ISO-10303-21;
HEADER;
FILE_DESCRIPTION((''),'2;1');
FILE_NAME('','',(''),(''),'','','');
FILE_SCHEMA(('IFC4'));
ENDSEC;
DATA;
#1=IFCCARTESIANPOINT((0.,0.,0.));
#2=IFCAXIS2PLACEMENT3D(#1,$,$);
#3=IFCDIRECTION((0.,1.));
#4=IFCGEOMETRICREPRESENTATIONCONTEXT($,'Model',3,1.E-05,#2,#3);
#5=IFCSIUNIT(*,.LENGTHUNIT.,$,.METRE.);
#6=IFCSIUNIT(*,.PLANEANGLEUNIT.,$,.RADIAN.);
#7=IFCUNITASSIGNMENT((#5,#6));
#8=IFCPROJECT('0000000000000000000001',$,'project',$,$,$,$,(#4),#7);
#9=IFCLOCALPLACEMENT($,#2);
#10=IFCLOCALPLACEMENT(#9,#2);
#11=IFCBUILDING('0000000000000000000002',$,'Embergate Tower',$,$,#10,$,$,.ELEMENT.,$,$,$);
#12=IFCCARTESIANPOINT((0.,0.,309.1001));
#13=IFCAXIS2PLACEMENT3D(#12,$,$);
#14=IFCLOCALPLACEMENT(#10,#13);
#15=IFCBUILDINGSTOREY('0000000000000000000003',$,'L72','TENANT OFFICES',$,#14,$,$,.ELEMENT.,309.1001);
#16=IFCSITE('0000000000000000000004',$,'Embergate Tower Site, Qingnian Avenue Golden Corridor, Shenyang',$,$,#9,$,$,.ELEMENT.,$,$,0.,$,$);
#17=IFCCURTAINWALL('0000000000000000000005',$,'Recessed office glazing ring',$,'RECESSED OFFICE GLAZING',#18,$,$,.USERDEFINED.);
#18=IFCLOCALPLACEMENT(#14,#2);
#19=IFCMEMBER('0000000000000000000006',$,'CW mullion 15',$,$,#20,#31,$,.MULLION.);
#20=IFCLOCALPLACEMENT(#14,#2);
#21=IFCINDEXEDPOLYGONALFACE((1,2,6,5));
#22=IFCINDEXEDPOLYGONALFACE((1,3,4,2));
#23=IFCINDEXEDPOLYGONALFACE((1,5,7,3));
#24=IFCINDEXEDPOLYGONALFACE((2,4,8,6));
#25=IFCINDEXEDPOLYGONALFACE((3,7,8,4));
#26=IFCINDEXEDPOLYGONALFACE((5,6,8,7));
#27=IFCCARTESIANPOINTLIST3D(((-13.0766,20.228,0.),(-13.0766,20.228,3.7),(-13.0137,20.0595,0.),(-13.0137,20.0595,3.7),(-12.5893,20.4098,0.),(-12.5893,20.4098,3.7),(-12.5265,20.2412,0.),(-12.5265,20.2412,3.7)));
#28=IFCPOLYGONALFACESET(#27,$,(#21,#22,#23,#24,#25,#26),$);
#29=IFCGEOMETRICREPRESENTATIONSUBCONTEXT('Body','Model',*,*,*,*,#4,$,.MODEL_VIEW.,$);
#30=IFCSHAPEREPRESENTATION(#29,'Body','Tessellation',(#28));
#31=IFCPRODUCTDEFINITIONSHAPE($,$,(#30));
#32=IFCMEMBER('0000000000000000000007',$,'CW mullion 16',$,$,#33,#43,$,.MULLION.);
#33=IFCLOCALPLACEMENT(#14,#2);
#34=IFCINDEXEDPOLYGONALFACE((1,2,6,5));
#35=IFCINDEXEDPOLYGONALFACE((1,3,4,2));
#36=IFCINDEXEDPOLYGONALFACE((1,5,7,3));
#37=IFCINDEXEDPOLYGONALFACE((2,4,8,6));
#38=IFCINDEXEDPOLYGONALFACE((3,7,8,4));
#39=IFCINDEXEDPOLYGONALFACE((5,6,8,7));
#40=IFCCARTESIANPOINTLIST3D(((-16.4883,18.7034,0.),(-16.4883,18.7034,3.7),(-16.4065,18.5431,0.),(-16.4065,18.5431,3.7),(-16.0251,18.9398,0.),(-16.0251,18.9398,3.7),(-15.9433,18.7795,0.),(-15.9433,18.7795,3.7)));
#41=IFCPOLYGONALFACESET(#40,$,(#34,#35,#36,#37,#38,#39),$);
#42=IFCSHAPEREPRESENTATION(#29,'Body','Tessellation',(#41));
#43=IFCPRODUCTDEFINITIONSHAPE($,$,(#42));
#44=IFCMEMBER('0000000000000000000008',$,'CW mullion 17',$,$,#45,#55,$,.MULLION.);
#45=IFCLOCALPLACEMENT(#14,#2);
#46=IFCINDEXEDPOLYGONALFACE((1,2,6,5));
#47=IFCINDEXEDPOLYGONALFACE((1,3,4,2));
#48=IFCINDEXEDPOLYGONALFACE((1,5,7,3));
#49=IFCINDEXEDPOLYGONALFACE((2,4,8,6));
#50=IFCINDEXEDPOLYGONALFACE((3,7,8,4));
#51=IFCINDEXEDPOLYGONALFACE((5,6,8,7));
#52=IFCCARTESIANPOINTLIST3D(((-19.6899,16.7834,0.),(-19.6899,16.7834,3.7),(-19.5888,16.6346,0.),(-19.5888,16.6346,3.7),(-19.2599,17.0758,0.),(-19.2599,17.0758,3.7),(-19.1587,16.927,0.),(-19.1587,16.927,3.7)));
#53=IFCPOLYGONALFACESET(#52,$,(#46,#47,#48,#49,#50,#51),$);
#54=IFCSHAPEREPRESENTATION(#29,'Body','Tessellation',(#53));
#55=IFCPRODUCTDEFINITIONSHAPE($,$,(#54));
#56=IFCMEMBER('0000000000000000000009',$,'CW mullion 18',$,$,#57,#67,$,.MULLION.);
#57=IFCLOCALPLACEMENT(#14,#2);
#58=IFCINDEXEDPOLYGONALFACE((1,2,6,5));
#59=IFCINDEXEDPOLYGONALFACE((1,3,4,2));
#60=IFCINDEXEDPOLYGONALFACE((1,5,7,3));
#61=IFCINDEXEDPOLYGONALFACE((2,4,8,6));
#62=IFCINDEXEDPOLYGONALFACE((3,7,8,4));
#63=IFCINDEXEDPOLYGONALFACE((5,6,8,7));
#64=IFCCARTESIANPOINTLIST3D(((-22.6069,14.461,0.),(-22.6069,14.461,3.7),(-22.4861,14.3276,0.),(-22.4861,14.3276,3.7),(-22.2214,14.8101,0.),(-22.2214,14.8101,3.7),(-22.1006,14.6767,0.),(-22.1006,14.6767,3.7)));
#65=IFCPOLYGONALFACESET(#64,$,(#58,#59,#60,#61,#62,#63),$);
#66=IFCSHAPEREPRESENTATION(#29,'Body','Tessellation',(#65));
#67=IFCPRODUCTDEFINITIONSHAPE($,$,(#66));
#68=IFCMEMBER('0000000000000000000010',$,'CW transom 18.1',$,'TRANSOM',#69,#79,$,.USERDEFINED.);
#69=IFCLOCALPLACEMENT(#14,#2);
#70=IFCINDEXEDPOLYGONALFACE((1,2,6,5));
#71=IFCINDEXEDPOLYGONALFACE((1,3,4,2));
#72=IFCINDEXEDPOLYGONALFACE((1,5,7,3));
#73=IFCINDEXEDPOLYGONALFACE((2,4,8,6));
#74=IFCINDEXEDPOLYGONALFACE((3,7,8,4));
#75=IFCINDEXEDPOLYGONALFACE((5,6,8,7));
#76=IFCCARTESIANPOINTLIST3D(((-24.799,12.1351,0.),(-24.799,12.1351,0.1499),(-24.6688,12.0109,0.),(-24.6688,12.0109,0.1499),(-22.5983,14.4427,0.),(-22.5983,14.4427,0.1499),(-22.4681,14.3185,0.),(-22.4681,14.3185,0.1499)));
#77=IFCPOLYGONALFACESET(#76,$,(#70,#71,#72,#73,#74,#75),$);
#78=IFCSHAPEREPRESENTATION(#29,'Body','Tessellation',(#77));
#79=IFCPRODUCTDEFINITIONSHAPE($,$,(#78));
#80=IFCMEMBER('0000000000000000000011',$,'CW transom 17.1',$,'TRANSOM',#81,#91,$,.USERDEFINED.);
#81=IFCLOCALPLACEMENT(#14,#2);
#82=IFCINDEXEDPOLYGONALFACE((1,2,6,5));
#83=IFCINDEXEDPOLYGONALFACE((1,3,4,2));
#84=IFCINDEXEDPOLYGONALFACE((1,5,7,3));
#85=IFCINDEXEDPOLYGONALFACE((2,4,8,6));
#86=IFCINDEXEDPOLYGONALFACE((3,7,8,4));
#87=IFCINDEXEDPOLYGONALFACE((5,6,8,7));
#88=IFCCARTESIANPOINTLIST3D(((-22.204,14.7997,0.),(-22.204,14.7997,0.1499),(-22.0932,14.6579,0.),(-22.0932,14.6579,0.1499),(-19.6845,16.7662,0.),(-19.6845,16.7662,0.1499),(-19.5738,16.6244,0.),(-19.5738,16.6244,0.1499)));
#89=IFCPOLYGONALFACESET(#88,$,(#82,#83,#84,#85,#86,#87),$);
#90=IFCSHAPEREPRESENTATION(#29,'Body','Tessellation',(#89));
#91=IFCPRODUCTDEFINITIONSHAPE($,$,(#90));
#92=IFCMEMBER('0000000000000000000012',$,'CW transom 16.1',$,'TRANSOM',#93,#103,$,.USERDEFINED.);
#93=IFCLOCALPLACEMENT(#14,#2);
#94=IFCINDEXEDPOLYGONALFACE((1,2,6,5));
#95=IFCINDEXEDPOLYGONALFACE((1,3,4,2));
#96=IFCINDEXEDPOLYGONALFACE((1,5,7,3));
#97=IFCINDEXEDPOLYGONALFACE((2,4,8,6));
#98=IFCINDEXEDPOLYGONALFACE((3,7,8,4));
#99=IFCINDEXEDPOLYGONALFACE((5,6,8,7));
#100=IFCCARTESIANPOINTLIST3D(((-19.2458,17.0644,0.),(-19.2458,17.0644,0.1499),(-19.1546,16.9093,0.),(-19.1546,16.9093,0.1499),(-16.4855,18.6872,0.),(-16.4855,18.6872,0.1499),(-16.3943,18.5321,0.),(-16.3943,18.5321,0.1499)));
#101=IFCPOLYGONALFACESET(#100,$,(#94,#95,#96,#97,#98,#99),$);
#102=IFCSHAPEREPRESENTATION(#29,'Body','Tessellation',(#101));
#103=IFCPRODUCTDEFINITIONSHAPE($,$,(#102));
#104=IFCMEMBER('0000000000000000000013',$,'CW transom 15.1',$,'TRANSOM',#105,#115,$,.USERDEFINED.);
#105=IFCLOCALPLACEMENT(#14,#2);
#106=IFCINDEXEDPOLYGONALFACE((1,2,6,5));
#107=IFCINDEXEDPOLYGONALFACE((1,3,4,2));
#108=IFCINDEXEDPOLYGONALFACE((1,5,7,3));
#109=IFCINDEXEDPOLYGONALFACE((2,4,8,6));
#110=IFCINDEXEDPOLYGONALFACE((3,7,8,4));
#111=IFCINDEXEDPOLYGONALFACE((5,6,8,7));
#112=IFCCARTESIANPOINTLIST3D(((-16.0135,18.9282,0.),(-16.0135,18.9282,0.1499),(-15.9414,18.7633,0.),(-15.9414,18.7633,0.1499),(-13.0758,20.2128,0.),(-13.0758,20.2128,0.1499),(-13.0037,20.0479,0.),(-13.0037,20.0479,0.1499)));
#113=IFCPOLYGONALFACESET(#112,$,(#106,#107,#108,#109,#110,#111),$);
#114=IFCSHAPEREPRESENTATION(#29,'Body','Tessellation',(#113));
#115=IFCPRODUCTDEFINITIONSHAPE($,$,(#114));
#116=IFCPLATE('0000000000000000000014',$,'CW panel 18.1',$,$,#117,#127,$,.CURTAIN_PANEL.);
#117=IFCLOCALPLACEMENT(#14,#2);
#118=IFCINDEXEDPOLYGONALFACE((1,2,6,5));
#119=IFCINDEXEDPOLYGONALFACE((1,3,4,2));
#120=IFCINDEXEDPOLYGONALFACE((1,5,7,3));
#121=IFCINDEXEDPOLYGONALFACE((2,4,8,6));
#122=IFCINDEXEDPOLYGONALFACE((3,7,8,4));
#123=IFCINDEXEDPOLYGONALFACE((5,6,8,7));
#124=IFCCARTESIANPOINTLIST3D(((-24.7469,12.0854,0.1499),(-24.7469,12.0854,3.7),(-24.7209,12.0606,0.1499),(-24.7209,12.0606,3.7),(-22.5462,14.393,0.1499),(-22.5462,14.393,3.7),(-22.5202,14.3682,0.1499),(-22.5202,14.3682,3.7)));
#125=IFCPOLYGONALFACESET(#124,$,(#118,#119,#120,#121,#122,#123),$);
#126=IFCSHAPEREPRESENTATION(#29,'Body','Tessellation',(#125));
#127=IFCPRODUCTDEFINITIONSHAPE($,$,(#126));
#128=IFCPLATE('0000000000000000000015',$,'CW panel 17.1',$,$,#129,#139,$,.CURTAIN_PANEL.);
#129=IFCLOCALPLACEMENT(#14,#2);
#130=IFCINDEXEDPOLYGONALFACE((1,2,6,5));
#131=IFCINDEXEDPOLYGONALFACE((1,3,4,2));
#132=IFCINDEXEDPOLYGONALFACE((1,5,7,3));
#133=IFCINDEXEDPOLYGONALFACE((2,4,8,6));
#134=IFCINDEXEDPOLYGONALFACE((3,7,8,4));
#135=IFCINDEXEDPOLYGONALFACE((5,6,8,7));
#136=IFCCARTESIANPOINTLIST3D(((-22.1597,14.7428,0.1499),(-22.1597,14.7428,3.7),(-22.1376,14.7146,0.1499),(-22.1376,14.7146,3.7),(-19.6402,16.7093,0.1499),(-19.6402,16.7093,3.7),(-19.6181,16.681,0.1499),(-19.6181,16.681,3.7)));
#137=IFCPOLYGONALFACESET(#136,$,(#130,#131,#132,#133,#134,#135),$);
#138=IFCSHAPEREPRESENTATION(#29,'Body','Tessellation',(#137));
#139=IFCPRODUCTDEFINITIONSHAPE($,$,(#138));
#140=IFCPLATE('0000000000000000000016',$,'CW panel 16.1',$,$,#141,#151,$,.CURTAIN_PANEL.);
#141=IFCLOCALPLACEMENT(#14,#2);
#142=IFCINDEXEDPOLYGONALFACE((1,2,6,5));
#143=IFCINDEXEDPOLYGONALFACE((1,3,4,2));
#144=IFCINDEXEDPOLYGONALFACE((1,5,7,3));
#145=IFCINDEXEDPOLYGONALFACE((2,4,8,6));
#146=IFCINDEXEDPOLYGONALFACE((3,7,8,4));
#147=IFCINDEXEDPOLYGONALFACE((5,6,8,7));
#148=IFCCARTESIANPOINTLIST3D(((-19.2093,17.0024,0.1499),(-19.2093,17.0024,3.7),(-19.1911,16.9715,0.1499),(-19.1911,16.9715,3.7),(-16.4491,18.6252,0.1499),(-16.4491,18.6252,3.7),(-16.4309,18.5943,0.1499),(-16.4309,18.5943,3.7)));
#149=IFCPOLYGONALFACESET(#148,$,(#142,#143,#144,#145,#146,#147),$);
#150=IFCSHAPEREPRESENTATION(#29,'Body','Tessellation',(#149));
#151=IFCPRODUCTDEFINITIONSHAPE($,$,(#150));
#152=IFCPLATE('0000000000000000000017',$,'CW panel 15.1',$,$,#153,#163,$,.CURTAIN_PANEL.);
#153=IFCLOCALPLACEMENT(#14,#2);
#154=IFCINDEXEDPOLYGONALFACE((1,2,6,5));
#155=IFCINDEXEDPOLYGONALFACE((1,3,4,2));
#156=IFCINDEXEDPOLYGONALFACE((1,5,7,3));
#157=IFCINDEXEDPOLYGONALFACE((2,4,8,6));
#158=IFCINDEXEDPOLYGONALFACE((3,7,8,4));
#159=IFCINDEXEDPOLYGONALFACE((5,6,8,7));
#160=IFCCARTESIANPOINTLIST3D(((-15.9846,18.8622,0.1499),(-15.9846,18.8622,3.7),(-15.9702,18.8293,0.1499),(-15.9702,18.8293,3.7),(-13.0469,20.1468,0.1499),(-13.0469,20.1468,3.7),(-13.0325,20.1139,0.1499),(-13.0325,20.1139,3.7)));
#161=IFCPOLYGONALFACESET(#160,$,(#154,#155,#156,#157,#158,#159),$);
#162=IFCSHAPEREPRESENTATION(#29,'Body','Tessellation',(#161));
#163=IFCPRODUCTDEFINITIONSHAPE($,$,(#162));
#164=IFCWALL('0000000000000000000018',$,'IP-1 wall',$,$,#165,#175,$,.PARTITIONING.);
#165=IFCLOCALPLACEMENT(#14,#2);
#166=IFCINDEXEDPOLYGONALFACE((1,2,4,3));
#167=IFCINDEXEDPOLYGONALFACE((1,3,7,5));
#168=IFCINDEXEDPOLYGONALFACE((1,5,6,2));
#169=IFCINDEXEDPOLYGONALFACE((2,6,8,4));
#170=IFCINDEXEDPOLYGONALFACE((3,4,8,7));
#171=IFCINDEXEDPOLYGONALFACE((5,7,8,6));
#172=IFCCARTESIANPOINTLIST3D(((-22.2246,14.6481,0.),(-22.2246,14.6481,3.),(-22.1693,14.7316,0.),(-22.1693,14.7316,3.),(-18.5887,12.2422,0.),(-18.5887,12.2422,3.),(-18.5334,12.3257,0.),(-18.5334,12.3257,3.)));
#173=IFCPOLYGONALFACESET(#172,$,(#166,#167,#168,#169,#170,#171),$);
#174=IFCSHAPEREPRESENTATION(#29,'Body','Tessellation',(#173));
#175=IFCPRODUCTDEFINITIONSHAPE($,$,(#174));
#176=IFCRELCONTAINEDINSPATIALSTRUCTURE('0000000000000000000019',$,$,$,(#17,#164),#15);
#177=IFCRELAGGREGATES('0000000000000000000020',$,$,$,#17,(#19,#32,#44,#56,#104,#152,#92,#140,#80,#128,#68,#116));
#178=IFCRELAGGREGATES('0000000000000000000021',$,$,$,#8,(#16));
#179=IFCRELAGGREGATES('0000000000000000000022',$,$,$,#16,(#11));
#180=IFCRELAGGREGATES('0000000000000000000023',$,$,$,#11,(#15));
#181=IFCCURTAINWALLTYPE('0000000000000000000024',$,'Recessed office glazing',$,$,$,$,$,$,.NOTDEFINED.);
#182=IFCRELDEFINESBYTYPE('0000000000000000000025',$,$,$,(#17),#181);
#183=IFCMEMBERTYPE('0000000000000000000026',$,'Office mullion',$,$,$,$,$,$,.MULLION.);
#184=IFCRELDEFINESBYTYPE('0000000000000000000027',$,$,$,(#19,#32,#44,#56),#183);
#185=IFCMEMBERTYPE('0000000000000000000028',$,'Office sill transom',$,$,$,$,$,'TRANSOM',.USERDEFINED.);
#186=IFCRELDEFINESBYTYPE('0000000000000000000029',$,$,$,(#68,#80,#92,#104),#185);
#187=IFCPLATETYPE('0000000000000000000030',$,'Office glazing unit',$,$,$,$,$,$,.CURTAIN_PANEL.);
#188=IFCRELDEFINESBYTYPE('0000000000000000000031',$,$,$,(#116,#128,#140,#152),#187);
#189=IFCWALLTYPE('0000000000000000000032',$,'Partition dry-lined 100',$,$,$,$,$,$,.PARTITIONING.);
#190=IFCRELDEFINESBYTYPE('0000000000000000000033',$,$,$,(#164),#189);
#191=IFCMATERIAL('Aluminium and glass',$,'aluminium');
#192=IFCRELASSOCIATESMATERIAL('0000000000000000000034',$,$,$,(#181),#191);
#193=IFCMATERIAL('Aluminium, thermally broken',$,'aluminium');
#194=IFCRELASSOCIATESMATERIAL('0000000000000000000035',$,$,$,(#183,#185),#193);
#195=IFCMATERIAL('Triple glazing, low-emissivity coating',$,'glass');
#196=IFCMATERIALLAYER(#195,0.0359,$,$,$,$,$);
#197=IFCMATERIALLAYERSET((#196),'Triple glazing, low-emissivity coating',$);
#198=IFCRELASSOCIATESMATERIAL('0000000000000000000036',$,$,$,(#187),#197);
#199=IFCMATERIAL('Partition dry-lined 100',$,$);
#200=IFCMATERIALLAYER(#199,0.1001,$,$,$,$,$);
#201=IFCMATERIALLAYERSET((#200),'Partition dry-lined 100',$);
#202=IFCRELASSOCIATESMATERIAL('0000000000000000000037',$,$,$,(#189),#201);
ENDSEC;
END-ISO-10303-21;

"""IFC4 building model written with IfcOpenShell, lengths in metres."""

from ifc_helpers import new_model, si_unit, direction, frame, frame_2d, origin, origin_2d, place, context, subcontext, project, spatial, rectangle, extrude, source, transform, mapped, material, layer, layer_set, material_profile, profile_set, type_object, element, aggregate, save


model = new_model("IFC4")

# Units and contexts
model_context = context("Model", 3, precision=1e-05, world=origin(), true_north=direction((0.0, 1.0)))
body_context = subcontext(model_context, "Body", "Model", "MODEL_VIEW")
ifc_project = project(units=[si_unit("LENGTHUNIT", "METRE"), si_unit("PLANEANGLEUNIT", "RADIAN")], contexts=[model_context])

# Site, building, storey
site_placement = place(None, origin())
site = spatial("IfcSite", under=ifc_project, at=site_placement, Name="Embergate Tower Site, Qingnian Avenue Golden Corridor, Shenyang", CompositionType="ELEMENT", RefElevation=0.0)
building_placement = place(site_placement, origin())
building = spatial("IfcBuilding", under=site, at=building_placement, Name="Embergate Tower", CompositionType="ELEMENT")
storey_placement = place(building_placement, frame((0.0, 0.0, 309.1001)))
storey = spatial("IfcBuildingStorey", under=building, at=storey_placement, Name="L72", Description="TENANT OFFICES", CompositionType="ELEMENT", Elevation=309.1001)

# Curtain wall, members, plates
ifc_material_1 = material(Name="Aluminium and glass", Category="aluminium")
curtain_wall_type = type_object("IfcCurtainWallType", Name="Recessed office glazing", PredefinedType="NOTDEFINED", material=ifc_material_1)
curtain_wall_placement = place(storey_placement, origin())
curtain_wall = element("IfcCurtainWall", 1, at=curtain_wall_placement, inside=storey, type_object=curtain_wall_type, Name="Recessed office glazing ring", ObjectType="RECESSED OFFICE GLAZING", PredefinedType="USERDEFINED")
ifc_material_2 = material(Name="Aluminium, thermally broken", Category="aluminium")
ifc_material_profile_1 = material_profile(ifc_material_2, rectangle(XDim=0.1799, YDim=0.52, at=origin_2d()), Name="AL 520x180")
ifc_profile_set_1 = profile_set([ifc_material_profile_1], Name="Aluminium, thermally broken")
member_type_1 = type_object("IfcMemberType", Name="Office mullion", PredefinedType="MULLION", material=ifc_profile_set_1)
shared_shape_1 = source(origin(), body_context, "Body", "SweptSolid", [
    extrude(rectangle(XDim=0.1799, YDim=0.52, at=origin_2d()), origin(), (0.0, 0.0, 1.0), 3.7),
])
member_1_placement = place(storey_placement, frame((-12.8015, 20.2346, 0.0), z_axis=(0.0, 0.0, 1.0), x_axis=(0.349501, -0.936936, 0.0)))
member_1 = element("IfcMember", 2, at=member_1_placement, type_object=member_type_1, Name="CW mullion 15", PredefinedType="MULLION", context=body_context, shape_type="MappedRepresentation", body=[
    mapped(shared_shape_1, transform((0.0, 0.0, 0.0))),
])
member_2_placement = place(storey_placement, frame((-16.2158, 18.7415, 0.0), z_axis=(0.0, 0.0, 1.0), x_axis=(0.454508, -0.890743, 0.0)))
member_2 = element("IfcMember", 3, at=member_2_placement, type_object=member_type_1, Name="CW mullion 16", PredefinedType="MULLION", context=body_context, shape_type="MappedRepresentation", body=[
    mapped(shared_shape_1, transform((0.0, 0.0, 0.0))),
])
member_3_placement = place(storey_placement, frame((-19.4243, 16.8552, 0.0), z_axis=(0.0, 0.0, 1.0), x_axis=(0.562213, -0.826992, 0.0)))
member_3 = element("IfcMember", 4, at=member_3_placement, type_object=member_type_1, Name="CW mullion 17", PredefinedType="MULLION", context=body_context, shape_type="MappedRepresentation", body=[
    mapped(shared_shape_1, transform((0.0, 0.0, 0.0))),
])
member_4_placement = place(storey_placement, frame((-22.3538, 14.5688, 0.0), z_axis=(0.0, 0.0, 1.0), x_axis=(0.67122, -0.741258, 0.0)))
member_4 = element("IfcMember", 5, at=member_4_placement, type_object=member_type_1, Name="CW mullion 18", PredefinedType="MULLION", context=body_context, shape_type="MappedRepresentation", body=[
    mapped(shared_shape_1, transform((0.0, 0.0, 0.0))),
])
ifc_material_profile_2 = material_profile(ifc_material_2, rectangle(XDim=0.1799, YDim=0.1499, at=origin_2d()), Name="AL 150x180")
ifc_profile_set_2 = profile_set([ifc_material_profile_2], Name="Aluminium, thermally broken")
member_type_2 = type_object("IfcMemberType", Name="Office sill transom", ElementType="TRANSOM", PredefinedType="USERDEFINED", material=ifc_profile_set_2)
shared_shape_2 = source(origin(), body_context, "Body", "SweptSolid", [
    extrude(rectangle(XDim=0.1799, YDim=0.1499, at=origin_2d()), origin(), (0.0, 0.0, 1.0), 3.1887),
])
member_5_placement = place(storey_placement, frame((-22.5332, 14.3806, 0.075), z_axis=(-0.690141, -0.723675, 0.0), x_axis=(0.723675, -0.690141, 0.0)))
member_5 = element("IfcMember", 6, at=member_5_placement, type_object=member_type_2, Name="CW transom 18.1", ObjectType="TRANSOM", PredefinedType="USERDEFINED", context=body_context, shape_type="MappedRepresentation", body=[
    mapped(shared_shape_2, transform((0.0, 0.0, 0.0))),
])
shared_shape_3 = source(origin(), body_context, "Body", "SweptSolid", [
    extrude(rectangle(XDim=0.1799, YDim=0.1499, at=origin_2d()), origin(), (0.0, 0.0, 1.0), 3.196),
])
member_6_placement = place(storey_placement, frame((-19.6292, 16.6953, 0.075), z_axis=(-0.788302, -0.615288, 0.0), x_axis=(0.615288, -0.788302, 0.0)))
member_6 = element("IfcMember", 7, at=member_6_placement, type_object=member_type_2, Name="CW transom 17.1", ObjectType="TRANSOM", PredefinedType="USERDEFINED", context=body_context, shape_type="MappedRepresentation", body=[
    mapped(shared_shape_3, transform((0.0, 0.0, 0.0))),
])
shared_shape_4 = source(origin(), body_context, "Body", "SweptSolid", [
    extrude(rectangle(XDim=0.1799, YDim=0.1499, at=origin_2d()), origin(), (0.0, 0.0, 1.0), 3.2019),
])
member_7_placement = place(storey_placement, frame((-16.4399, 18.6096, 0.075), z_axis=(-0.862054, -0.506817, 0.0), x_axis=(0.506817, -0.862054, 0.0)))
member_7 = element("IfcMember", 8, at=member_7_placement, type_object=member_type_2, Name="CW transom 16.1", ObjectType="TRANSOM", PredefinedType="USERDEFINED", context=body_context, shape_type="MappedRepresentation", body=[
    mapped(shared_shape_4, transform((0.0, 0.0, 0.0))),
])
shared_shape_5 = source(origin(), body_context, "Body", "SweptSolid", [
    extrude(rectangle(XDim=0.1799, YDim=0.1499, at=origin_2d()), origin(), (0.0, 0.0, 1.0), 3.2063),
])
member_8_placement = place(storey_placement, frame((-13.0398, 20.1304, 0.075), z_axis=(-0.916225, -0.400663, 0.0), x_axis=(0.400663, -0.916225, 0.0)))
member_8 = element("IfcMember", 9, at=member_8_placement, type_object=member_type_2, Name="CW transom 15.1", ObjectType="TRANSOM", PredefinedType="USERDEFINED", context=body_context, shape_type="MappedRepresentation", body=[
    mapped(shared_shape_5, transform((0.0, 0.0, 0.0))),
])
ifc_material_3 = material(Name="Triple glazing, low-emissivity coating", Category="glass")
ifc_layer_1 = layer(ifc_material_3, 0.0359)
ifc_layer_set_1 = layer_set([ifc_layer_1], Name="Triple glazing, low-emissivity coating")
plate_type = type_object("IfcPlateType", Name="Office glazing unit", PredefinedType="CURTAIN_PANEL", material=ifc_layer_set_1)
shared_shape_6 = source(origin(), body_context, "Body", "SweptSolid", [
    extrude(rectangle(XDim=3.1887, YDim=0.0359, at=origin_2d()), origin(), (0.0, 0.0, 1.0), 3.55),
])
plate_1_placement = place(storey_placement, frame((-23.6335, 13.2268, 0.1499), z_axis=(0.0, 0.0, 1.0), x_axis=(-0.690133, -0.723683, 0.0)))
plate_1 = element("IfcPlate", 10, at=plate_1_placement, type_object=plate_type, Name="CW panel 18.1", PredefinedType="CURTAIN_PANEL", context=body_context, shape_type="MappedRepresentation", body=[
    mapped(shared_shape_6, transform((0.0, 0.0, 0.0))),
])
shared_shape_7 = source(origin(), body_context, "Body", "SweptSolid", [
    extrude(rectangle(XDim=3.196, YDim=0.0359, at=origin_2d()), origin(), (0.0, 0.0, 1.0), 3.55),
])
plate_2_placement = place(storey_placement, frame((-20.8889, 15.7119, 0.1499), z_axis=(0.0, 0.0, 1.0), x_axis=(-0.788318, -0.615268, 0.0)))
plate_2 = element("IfcPlate", 11, at=plate_2_placement, type_object=plate_type, Name="CW panel 17.1", PredefinedType="CURTAIN_PANEL", context=body_context, shape_type="MappedRepresentation", body=[
    mapped(shared_shape_7, transform((0.0, 0.0, 0.0))),
])
shared_shape_8 = source(origin(), body_context, "Body", "SweptSolid", [
    extrude(rectangle(XDim=3.2019, YDim=0.0359, at=origin_2d()), origin(), (0.0, 0.0, 1.0), 3.55),
])
plate_3_placement = place(storey_placement, frame((-17.8201, 17.7983, 0.1499), z_axis=(0.0, 0.0, 1.0), x_axis=(-0.862051, -0.506822, 0.0)))
plate_3 = element("IfcPlate", 12, at=plate_3_placement, type_object=plate_type, Name="CW panel 16.1", PredefinedType="CURTAIN_PANEL", context=body_context, shape_type="MappedRepresentation", body=[
    mapped(shared_shape_8, transform((0.0, 0.0, 0.0))),
])
shared_shape_9 = source(origin(), body_context, "Body", "SweptSolid", [
    extrude(rectangle(XDim=3.2063, YDim=0.0359, at=origin_2d()), origin(), (0.0, 0.0, 1.0), 3.55),
])
plate_4_placement = place(storey_placement, frame((-14.5085, 19.488, 0.1499), z_axis=(0.0, 0.0, 1.0), x_axis=(-0.916234, -0.400643, 0.0)))
plate_4 = element("IfcPlate", 13, at=plate_4_placement, type_object=plate_type, Name="CW panel 15.1", PredefinedType="CURTAIN_PANEL", context=body_context, shape_type="MappedRepresentation", body=[
    mapped(shared_shape_9, transform((0.0, 0.0, 0.0))),
])
aggregate(curtain_wall, [member_1, member_2, member_3, member_4, member_8, plate_4, member_7, plate_3, member_6, plate_2, member_5, plate_1])

# Wall
ifc_material_4 = material(Name="Partition dry-lined 100")
ifc_layer_2 = layer(ifc_material_4, 0.1001)
ifc_layer_set_2 = layer_set([ifc_layer_2], Name="Partition dry-lined 100")
wall_type = type_object("IfcWallType", Name="Partition dry-lined 100", PredefinedType="PARTITIONING", material=ifc_layer_set_2)
shared_shape_10 = source(origin(), body_context, "Body", "SweptSolid", [
    extrude(rectangle(XDim=4.3599, YDim=0.1001, at=frame_2d((2.1799, 0.0))), origin(), (0.0, 0.0, 1.0), 3.0),
])
wall_1_placement = place(storey_placement, frame((-18.561, 12.2839, 0.0), z_axis=(0.0, 0.0, 1.0), x_axis=(-0.833949, 0.551841, 0.0)))
element("IfcWall", 14, at=wall_1_placement, inside=storey, type_object=wall_type, Name="IP-1 wall", PredefinedType="PARTITIONING", context=body_context, shape_type="MappedRepresentation", body=[
    mapped(shared_shape_10, transform((0.0, 0.0, 0.0))),
])

save(model, "model.ifc")
